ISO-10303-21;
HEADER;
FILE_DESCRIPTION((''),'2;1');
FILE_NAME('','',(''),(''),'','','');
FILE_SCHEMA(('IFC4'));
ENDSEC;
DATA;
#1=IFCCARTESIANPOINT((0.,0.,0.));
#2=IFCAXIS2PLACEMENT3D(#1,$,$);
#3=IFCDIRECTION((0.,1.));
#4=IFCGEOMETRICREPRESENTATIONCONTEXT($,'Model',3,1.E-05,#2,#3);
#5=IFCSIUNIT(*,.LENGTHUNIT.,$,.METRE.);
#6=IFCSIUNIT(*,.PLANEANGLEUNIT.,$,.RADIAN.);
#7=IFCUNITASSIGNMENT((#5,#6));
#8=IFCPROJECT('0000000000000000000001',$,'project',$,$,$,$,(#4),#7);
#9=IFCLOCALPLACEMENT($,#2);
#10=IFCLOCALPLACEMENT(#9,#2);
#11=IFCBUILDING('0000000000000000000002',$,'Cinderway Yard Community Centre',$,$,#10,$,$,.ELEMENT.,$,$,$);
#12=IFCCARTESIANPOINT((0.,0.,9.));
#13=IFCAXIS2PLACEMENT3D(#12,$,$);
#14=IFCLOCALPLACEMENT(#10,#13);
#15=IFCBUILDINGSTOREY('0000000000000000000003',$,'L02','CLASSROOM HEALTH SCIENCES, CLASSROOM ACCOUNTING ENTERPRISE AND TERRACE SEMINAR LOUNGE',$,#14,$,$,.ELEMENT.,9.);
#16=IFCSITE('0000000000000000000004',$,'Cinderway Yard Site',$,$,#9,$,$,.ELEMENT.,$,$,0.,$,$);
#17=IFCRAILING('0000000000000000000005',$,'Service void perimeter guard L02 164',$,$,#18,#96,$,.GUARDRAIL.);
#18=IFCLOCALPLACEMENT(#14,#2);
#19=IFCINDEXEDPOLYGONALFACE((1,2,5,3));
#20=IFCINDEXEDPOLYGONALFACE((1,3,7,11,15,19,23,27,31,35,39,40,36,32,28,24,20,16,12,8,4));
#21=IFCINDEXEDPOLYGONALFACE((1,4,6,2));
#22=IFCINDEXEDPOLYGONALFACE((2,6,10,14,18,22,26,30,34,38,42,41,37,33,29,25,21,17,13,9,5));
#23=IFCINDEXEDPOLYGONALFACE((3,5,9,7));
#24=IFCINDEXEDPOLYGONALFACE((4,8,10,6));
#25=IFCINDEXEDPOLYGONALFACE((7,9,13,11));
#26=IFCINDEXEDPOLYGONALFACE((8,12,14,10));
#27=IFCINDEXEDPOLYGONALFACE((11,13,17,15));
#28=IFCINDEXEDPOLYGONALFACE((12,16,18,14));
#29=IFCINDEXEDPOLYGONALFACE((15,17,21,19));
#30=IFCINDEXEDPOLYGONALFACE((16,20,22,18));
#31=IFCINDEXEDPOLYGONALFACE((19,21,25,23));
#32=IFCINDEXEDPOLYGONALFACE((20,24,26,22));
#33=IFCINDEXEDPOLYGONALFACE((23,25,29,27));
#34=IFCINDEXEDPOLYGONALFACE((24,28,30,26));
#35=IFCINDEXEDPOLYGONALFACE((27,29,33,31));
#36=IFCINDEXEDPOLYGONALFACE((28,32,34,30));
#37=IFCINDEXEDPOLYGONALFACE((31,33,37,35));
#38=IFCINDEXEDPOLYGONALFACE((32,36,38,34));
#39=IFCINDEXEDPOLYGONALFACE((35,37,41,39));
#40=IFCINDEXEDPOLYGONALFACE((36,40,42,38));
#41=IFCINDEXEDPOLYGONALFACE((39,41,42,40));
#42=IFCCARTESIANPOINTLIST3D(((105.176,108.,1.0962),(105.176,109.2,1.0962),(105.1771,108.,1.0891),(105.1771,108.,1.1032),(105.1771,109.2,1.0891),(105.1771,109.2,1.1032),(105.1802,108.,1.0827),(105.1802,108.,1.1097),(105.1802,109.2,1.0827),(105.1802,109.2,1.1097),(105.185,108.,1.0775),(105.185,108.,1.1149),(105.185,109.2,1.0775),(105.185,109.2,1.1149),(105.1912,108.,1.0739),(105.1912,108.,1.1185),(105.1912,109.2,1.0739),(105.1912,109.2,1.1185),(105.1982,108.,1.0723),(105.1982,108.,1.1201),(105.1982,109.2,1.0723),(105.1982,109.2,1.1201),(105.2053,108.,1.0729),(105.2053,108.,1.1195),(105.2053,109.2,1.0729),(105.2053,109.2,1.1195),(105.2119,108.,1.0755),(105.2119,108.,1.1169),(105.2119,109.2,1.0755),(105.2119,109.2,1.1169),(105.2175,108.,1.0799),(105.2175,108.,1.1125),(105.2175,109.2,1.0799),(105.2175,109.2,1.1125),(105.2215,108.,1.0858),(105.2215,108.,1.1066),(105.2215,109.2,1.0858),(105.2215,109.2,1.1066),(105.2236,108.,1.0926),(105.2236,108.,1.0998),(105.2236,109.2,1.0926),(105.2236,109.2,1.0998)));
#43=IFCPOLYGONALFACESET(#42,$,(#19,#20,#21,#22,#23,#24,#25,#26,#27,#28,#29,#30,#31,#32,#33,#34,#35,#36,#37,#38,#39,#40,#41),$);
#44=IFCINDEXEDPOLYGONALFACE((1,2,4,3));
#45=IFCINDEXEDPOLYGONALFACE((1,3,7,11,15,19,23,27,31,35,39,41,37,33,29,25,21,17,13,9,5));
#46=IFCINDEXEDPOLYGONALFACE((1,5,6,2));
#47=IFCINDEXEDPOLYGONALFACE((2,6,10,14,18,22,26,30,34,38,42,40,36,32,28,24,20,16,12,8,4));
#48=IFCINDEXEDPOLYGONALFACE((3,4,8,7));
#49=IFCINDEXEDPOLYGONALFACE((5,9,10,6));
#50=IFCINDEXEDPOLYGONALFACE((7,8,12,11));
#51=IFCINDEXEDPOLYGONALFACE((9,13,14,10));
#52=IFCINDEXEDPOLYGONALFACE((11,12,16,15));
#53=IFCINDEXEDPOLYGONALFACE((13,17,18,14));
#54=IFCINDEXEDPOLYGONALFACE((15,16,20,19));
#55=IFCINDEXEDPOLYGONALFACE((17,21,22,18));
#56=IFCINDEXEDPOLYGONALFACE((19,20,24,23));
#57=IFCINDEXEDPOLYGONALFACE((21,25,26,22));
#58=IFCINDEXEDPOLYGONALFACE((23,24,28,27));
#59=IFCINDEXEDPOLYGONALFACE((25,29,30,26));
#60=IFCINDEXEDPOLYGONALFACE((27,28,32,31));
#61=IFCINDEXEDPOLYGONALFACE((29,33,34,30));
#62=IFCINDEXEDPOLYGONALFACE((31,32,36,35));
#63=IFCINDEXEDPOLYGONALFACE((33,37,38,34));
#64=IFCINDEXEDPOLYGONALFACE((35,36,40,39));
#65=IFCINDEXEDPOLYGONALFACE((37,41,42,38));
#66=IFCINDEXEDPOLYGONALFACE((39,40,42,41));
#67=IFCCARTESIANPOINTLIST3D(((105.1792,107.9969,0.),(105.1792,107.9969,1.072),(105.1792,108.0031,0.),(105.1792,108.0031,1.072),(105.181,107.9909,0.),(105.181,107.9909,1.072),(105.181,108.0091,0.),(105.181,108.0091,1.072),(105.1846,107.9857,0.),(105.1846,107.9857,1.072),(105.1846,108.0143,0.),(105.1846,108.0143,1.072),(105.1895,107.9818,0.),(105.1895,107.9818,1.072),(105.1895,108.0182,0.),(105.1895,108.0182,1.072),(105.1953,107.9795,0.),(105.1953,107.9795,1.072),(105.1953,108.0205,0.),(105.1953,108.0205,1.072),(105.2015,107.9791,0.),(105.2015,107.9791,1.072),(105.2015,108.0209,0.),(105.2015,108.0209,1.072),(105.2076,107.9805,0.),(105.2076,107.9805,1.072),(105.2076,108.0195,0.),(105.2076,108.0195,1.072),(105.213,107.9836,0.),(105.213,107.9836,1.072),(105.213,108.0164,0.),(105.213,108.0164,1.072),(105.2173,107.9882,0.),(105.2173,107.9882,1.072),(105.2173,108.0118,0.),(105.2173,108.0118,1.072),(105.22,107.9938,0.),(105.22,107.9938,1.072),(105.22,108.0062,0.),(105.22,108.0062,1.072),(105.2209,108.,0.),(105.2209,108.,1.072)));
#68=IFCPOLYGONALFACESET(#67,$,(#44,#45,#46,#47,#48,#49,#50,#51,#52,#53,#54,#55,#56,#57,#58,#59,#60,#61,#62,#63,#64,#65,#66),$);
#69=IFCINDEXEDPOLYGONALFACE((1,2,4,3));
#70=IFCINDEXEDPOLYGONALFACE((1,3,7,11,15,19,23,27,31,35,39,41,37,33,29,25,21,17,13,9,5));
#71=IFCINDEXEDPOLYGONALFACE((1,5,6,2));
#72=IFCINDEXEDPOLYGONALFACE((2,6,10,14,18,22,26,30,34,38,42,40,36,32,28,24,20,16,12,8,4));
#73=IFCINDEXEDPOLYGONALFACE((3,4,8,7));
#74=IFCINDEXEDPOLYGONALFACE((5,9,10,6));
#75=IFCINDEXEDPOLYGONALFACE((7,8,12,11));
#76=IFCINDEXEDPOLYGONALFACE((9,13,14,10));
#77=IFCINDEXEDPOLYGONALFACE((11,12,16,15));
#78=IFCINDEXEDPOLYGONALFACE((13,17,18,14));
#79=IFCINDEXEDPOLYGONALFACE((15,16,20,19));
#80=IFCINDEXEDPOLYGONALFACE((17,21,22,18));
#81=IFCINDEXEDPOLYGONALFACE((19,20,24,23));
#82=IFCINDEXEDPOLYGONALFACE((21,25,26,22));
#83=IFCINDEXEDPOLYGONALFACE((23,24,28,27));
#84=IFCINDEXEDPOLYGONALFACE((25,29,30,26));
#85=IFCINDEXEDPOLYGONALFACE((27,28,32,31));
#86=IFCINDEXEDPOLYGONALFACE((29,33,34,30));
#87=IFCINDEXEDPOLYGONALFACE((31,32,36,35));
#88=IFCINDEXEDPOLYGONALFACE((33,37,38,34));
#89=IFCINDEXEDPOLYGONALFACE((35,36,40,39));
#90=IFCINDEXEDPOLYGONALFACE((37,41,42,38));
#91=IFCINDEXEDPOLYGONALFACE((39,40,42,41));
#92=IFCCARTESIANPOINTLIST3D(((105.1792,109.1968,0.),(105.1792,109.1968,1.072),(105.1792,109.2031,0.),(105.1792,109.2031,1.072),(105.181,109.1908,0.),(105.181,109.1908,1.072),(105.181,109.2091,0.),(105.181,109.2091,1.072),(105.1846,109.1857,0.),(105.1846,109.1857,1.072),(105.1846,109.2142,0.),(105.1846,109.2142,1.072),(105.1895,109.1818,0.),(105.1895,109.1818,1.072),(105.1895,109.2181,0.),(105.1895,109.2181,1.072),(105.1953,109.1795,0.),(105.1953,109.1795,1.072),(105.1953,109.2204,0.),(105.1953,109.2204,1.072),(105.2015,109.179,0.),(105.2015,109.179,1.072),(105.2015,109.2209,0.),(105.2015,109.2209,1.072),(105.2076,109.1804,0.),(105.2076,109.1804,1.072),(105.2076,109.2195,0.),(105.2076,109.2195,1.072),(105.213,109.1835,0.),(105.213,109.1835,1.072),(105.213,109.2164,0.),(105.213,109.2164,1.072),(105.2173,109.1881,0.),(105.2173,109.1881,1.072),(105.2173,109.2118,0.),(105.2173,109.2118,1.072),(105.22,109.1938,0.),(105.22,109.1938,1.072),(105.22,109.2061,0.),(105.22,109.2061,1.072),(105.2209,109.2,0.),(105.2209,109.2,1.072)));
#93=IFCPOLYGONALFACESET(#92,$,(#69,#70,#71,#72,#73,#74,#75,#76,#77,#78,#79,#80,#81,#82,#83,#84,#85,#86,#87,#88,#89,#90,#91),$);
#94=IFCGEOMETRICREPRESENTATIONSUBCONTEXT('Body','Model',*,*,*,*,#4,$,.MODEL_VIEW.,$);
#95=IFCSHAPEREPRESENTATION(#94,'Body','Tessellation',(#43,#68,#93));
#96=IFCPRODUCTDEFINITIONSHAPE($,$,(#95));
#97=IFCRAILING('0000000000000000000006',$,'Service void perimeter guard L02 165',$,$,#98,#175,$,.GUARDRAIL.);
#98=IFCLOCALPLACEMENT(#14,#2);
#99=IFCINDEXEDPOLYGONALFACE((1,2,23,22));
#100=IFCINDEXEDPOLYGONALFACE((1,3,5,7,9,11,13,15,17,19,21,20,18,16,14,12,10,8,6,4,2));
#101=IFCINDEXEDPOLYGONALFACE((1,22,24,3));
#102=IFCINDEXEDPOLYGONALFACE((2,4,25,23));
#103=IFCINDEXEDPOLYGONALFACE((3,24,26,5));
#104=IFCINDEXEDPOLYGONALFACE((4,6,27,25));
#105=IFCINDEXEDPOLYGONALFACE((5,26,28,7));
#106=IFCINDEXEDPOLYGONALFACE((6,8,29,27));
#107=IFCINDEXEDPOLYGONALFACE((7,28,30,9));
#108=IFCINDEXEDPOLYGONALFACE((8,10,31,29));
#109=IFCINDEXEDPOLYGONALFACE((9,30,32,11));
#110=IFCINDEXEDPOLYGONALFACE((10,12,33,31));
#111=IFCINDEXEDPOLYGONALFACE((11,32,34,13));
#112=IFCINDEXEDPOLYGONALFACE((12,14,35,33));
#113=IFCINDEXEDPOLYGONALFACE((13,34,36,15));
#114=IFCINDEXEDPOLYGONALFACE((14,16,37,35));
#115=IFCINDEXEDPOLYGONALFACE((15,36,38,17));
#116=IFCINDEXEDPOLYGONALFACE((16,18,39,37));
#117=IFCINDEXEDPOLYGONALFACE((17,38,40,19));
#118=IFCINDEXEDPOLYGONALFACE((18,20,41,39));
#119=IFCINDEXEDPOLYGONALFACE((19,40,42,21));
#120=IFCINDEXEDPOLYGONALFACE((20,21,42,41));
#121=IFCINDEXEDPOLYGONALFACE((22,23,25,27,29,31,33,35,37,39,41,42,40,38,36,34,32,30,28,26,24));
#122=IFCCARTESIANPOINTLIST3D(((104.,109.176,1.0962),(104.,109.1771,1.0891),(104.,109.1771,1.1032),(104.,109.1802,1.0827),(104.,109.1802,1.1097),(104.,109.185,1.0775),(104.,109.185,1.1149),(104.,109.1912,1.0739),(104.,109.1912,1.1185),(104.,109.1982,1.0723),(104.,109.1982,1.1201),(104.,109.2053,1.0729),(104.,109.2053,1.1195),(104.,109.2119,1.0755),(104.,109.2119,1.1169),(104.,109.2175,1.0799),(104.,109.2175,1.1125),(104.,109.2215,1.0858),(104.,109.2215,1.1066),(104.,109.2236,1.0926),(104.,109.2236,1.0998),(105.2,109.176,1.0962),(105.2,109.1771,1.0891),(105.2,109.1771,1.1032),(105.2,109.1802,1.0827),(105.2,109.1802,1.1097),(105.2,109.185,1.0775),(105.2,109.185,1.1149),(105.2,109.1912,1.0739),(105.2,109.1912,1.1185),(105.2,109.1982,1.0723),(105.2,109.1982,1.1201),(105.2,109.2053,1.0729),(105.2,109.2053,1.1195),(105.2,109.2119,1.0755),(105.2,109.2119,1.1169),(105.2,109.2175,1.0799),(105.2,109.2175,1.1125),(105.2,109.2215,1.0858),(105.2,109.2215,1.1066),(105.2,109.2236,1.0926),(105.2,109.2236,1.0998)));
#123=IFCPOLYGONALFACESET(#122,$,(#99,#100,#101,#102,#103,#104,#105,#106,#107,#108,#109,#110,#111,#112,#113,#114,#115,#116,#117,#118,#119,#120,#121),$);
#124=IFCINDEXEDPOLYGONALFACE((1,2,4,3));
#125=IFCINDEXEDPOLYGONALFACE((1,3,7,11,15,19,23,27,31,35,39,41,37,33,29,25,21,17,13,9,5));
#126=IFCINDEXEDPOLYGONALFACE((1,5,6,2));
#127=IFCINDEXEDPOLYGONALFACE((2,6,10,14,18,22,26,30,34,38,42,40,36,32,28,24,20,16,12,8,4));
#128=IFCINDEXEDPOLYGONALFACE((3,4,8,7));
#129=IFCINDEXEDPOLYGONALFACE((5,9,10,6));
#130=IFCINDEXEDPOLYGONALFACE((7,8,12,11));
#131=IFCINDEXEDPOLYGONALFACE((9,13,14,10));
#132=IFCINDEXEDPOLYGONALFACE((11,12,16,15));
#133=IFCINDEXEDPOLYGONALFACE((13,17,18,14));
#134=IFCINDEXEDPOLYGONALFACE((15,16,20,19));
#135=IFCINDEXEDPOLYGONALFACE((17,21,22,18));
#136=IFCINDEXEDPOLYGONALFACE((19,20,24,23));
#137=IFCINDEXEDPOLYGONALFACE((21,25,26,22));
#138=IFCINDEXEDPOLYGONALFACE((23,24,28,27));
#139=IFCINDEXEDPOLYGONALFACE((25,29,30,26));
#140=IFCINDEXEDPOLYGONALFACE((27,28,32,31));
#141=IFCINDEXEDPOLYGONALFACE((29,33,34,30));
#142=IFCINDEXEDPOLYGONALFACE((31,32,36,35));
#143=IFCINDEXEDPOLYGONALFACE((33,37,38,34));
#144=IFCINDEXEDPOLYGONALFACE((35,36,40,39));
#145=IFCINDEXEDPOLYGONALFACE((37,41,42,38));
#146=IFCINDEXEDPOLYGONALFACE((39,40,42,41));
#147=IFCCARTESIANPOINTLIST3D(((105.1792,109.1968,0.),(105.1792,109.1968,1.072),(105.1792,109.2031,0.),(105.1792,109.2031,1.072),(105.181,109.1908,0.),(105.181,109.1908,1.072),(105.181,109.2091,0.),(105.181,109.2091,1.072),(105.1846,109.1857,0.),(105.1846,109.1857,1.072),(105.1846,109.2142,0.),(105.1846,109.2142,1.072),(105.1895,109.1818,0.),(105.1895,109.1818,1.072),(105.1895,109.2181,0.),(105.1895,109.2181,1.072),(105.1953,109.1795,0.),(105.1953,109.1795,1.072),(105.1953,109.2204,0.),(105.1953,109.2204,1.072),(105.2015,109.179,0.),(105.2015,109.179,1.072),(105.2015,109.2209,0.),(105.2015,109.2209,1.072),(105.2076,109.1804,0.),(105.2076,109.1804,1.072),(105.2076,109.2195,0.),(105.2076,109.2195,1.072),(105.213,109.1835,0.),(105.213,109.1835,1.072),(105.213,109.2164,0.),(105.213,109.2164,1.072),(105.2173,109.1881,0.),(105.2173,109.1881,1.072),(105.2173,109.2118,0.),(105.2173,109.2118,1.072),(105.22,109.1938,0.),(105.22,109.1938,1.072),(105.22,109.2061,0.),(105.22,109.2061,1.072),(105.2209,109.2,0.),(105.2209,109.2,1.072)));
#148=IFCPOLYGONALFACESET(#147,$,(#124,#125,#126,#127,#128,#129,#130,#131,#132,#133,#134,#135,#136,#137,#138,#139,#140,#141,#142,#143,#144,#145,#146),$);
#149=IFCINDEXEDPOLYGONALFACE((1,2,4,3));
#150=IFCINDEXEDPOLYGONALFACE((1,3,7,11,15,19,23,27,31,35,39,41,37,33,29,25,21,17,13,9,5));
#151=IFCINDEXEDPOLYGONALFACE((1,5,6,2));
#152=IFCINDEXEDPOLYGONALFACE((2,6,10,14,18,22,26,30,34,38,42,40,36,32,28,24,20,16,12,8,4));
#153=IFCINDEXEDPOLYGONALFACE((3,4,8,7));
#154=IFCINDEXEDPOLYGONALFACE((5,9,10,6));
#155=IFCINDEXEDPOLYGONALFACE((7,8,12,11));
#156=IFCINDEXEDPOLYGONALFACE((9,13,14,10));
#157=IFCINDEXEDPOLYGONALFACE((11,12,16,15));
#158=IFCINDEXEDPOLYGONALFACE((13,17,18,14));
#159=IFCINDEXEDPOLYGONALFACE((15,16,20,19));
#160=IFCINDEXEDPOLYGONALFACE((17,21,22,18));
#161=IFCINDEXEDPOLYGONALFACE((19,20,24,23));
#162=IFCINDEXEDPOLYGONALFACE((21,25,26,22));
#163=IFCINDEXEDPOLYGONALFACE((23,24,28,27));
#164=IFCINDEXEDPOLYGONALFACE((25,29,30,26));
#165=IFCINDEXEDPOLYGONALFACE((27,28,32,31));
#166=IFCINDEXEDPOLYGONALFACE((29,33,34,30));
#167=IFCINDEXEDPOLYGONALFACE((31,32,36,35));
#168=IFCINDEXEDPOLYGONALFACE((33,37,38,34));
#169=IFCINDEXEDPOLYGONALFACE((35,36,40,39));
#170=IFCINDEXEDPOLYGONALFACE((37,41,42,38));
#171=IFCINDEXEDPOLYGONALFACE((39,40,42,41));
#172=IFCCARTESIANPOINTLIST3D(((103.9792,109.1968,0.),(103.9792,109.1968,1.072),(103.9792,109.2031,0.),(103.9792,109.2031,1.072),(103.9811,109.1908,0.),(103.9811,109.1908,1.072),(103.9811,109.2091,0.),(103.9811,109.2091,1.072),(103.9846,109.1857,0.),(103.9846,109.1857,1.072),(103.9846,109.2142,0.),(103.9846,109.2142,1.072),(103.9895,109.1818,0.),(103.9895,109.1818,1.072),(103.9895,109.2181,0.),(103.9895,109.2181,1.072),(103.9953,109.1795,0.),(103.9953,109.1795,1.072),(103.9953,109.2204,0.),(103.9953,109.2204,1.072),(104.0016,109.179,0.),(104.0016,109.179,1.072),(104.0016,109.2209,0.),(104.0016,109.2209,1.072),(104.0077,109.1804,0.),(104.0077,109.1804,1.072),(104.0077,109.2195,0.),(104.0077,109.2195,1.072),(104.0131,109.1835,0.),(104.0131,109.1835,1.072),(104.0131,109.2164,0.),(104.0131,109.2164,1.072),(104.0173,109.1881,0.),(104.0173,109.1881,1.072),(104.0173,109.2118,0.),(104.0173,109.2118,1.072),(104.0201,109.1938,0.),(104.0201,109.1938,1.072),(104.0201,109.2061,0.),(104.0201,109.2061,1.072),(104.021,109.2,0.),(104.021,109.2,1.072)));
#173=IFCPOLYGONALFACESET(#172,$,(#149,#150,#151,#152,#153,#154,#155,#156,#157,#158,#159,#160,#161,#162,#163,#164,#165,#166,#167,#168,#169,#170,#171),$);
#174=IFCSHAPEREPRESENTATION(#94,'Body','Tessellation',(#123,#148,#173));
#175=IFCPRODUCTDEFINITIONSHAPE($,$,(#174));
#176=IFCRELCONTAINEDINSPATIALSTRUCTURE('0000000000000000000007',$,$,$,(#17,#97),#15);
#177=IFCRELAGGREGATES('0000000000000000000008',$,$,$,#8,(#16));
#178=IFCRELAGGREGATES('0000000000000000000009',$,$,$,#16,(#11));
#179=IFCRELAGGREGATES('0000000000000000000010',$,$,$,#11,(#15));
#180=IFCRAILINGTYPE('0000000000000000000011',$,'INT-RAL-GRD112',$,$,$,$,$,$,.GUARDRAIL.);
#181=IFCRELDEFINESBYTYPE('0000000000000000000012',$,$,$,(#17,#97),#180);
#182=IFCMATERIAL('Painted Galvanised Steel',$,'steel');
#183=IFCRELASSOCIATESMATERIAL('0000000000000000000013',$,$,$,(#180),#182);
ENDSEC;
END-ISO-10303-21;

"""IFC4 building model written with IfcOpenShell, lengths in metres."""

from ifc_helpers import new_model, si_unit, direction, frame, origin, origin_2d, place, context, subcontext, project, spatial, circle, extrude, material, type_object, element, save


model = new_model("IFC4")

# Units and contexts
model_context = context("Model", 3, precision=1e-05, world=origin(), true_north=direction((0.0, 1.0)))
body_context = subcontext(model_context, "Body", "Model", "MODEL_VIEW")
ifc_project = project(units=[si_unit("LENGTHUNIT", "METRE"), si_unit("PLANEANGLEUNIT", "RADIAN")], contexts=[model_context])

# Site, building, storey
site_placement = place(None, origin())
site = spatial("IfcSite", under=ifc_project, at=site_placement, Name="Cinderway Yard Site", CompositionType="ELEMENT", RefElevation=0.0)
building_placement = place(site_placement, origin())
building = spatial("IfcBuilding", under=site, at=building_placement, Name="Cinderway Yard Community Centre", CompositionType="ELEMENT")
storey_placement = place(building_placement, frame((0.0, 0.0, 9.0)))
storey = spatial("IfcBuildingStorey", under=building, at=storey_placement, Name="L02", Description="CLASSROOM HEALTH SCIENCES, CLASSROOM ACCOUNTING ENTERPRISE AND TERRACE SEMINAR LOUNGE", CompositionType="ELEMENT", Elevation=9.0)

# Railings
ifc_material_1 = material(Name="Painted Galvanised Steel", Category="steel")
railing_type = type_object("IfcRailingType", Name="INT-RAL-GRD112", PredefinedType="GUARDRAIL", material=ifc_material_1)
railing_1_placement = place(storey_placement, frame((105.2, 108.0, 0.0)))
element("IfcRailing", 1, at=railing_1_placement, inside=storey, type_object=railing_type, Name="Service void perimeter guard L02 164", PredefinedType="GUARDRAIL", context=body_context, shape_type="SweptSolid", body=[
    extrude(circle(Radius=0.0239, at=origin_2d()), frame((0.0, 0.0, 1.0962), z_axis=(0.0, 1.0, 0.0), x_axis=(-1.0, 0.0, 0.0)), (0.0, 0.0, 1.0), 1.2),
    extrude(circle(Radius=0.021, at=origin_2d()), origin(), (0.0, 0.0, 1.0), 1.072),
    extrude(circle(Radius=0.021, at=origin_2d()), frame((0.0, 1.2, 0.0)), (0.0, 0.0, 1.0), 1.072),
])
railing_2_placement = place(storey_placement, frame((105.2, 109.2, 0.0)))
element("IfcRailing", 2, at=railing_2_placement, inside=storey, type_object=railing_type, Name="Service void perimeter guard L02 165", PredefinedType="GUARDRAIL", context=body_context, shape_type="SweptSolid", body=[
    extrude(circle(Radius=0.0239, at=origin_2d()), frame((0.0, 0.0, 1.0962), z_axis=(-1.0, 0.0, 0.0), x_axis=(0.0, -1.0, 0.0)), (0.0, 0.0, 1.0), 1.2),
    extrude(circle(Radius=0.021, at=origin_2d()), origin(), (0.0, 0.0, 1.0), 1.072),
    extrude(circle(Radius=0.021, at=origin_2d()), frame((-1.2, 0.0, 0.0)), (0.0, 0.0, 1.0), 1.072),
])

save(model, "model.ifc")
